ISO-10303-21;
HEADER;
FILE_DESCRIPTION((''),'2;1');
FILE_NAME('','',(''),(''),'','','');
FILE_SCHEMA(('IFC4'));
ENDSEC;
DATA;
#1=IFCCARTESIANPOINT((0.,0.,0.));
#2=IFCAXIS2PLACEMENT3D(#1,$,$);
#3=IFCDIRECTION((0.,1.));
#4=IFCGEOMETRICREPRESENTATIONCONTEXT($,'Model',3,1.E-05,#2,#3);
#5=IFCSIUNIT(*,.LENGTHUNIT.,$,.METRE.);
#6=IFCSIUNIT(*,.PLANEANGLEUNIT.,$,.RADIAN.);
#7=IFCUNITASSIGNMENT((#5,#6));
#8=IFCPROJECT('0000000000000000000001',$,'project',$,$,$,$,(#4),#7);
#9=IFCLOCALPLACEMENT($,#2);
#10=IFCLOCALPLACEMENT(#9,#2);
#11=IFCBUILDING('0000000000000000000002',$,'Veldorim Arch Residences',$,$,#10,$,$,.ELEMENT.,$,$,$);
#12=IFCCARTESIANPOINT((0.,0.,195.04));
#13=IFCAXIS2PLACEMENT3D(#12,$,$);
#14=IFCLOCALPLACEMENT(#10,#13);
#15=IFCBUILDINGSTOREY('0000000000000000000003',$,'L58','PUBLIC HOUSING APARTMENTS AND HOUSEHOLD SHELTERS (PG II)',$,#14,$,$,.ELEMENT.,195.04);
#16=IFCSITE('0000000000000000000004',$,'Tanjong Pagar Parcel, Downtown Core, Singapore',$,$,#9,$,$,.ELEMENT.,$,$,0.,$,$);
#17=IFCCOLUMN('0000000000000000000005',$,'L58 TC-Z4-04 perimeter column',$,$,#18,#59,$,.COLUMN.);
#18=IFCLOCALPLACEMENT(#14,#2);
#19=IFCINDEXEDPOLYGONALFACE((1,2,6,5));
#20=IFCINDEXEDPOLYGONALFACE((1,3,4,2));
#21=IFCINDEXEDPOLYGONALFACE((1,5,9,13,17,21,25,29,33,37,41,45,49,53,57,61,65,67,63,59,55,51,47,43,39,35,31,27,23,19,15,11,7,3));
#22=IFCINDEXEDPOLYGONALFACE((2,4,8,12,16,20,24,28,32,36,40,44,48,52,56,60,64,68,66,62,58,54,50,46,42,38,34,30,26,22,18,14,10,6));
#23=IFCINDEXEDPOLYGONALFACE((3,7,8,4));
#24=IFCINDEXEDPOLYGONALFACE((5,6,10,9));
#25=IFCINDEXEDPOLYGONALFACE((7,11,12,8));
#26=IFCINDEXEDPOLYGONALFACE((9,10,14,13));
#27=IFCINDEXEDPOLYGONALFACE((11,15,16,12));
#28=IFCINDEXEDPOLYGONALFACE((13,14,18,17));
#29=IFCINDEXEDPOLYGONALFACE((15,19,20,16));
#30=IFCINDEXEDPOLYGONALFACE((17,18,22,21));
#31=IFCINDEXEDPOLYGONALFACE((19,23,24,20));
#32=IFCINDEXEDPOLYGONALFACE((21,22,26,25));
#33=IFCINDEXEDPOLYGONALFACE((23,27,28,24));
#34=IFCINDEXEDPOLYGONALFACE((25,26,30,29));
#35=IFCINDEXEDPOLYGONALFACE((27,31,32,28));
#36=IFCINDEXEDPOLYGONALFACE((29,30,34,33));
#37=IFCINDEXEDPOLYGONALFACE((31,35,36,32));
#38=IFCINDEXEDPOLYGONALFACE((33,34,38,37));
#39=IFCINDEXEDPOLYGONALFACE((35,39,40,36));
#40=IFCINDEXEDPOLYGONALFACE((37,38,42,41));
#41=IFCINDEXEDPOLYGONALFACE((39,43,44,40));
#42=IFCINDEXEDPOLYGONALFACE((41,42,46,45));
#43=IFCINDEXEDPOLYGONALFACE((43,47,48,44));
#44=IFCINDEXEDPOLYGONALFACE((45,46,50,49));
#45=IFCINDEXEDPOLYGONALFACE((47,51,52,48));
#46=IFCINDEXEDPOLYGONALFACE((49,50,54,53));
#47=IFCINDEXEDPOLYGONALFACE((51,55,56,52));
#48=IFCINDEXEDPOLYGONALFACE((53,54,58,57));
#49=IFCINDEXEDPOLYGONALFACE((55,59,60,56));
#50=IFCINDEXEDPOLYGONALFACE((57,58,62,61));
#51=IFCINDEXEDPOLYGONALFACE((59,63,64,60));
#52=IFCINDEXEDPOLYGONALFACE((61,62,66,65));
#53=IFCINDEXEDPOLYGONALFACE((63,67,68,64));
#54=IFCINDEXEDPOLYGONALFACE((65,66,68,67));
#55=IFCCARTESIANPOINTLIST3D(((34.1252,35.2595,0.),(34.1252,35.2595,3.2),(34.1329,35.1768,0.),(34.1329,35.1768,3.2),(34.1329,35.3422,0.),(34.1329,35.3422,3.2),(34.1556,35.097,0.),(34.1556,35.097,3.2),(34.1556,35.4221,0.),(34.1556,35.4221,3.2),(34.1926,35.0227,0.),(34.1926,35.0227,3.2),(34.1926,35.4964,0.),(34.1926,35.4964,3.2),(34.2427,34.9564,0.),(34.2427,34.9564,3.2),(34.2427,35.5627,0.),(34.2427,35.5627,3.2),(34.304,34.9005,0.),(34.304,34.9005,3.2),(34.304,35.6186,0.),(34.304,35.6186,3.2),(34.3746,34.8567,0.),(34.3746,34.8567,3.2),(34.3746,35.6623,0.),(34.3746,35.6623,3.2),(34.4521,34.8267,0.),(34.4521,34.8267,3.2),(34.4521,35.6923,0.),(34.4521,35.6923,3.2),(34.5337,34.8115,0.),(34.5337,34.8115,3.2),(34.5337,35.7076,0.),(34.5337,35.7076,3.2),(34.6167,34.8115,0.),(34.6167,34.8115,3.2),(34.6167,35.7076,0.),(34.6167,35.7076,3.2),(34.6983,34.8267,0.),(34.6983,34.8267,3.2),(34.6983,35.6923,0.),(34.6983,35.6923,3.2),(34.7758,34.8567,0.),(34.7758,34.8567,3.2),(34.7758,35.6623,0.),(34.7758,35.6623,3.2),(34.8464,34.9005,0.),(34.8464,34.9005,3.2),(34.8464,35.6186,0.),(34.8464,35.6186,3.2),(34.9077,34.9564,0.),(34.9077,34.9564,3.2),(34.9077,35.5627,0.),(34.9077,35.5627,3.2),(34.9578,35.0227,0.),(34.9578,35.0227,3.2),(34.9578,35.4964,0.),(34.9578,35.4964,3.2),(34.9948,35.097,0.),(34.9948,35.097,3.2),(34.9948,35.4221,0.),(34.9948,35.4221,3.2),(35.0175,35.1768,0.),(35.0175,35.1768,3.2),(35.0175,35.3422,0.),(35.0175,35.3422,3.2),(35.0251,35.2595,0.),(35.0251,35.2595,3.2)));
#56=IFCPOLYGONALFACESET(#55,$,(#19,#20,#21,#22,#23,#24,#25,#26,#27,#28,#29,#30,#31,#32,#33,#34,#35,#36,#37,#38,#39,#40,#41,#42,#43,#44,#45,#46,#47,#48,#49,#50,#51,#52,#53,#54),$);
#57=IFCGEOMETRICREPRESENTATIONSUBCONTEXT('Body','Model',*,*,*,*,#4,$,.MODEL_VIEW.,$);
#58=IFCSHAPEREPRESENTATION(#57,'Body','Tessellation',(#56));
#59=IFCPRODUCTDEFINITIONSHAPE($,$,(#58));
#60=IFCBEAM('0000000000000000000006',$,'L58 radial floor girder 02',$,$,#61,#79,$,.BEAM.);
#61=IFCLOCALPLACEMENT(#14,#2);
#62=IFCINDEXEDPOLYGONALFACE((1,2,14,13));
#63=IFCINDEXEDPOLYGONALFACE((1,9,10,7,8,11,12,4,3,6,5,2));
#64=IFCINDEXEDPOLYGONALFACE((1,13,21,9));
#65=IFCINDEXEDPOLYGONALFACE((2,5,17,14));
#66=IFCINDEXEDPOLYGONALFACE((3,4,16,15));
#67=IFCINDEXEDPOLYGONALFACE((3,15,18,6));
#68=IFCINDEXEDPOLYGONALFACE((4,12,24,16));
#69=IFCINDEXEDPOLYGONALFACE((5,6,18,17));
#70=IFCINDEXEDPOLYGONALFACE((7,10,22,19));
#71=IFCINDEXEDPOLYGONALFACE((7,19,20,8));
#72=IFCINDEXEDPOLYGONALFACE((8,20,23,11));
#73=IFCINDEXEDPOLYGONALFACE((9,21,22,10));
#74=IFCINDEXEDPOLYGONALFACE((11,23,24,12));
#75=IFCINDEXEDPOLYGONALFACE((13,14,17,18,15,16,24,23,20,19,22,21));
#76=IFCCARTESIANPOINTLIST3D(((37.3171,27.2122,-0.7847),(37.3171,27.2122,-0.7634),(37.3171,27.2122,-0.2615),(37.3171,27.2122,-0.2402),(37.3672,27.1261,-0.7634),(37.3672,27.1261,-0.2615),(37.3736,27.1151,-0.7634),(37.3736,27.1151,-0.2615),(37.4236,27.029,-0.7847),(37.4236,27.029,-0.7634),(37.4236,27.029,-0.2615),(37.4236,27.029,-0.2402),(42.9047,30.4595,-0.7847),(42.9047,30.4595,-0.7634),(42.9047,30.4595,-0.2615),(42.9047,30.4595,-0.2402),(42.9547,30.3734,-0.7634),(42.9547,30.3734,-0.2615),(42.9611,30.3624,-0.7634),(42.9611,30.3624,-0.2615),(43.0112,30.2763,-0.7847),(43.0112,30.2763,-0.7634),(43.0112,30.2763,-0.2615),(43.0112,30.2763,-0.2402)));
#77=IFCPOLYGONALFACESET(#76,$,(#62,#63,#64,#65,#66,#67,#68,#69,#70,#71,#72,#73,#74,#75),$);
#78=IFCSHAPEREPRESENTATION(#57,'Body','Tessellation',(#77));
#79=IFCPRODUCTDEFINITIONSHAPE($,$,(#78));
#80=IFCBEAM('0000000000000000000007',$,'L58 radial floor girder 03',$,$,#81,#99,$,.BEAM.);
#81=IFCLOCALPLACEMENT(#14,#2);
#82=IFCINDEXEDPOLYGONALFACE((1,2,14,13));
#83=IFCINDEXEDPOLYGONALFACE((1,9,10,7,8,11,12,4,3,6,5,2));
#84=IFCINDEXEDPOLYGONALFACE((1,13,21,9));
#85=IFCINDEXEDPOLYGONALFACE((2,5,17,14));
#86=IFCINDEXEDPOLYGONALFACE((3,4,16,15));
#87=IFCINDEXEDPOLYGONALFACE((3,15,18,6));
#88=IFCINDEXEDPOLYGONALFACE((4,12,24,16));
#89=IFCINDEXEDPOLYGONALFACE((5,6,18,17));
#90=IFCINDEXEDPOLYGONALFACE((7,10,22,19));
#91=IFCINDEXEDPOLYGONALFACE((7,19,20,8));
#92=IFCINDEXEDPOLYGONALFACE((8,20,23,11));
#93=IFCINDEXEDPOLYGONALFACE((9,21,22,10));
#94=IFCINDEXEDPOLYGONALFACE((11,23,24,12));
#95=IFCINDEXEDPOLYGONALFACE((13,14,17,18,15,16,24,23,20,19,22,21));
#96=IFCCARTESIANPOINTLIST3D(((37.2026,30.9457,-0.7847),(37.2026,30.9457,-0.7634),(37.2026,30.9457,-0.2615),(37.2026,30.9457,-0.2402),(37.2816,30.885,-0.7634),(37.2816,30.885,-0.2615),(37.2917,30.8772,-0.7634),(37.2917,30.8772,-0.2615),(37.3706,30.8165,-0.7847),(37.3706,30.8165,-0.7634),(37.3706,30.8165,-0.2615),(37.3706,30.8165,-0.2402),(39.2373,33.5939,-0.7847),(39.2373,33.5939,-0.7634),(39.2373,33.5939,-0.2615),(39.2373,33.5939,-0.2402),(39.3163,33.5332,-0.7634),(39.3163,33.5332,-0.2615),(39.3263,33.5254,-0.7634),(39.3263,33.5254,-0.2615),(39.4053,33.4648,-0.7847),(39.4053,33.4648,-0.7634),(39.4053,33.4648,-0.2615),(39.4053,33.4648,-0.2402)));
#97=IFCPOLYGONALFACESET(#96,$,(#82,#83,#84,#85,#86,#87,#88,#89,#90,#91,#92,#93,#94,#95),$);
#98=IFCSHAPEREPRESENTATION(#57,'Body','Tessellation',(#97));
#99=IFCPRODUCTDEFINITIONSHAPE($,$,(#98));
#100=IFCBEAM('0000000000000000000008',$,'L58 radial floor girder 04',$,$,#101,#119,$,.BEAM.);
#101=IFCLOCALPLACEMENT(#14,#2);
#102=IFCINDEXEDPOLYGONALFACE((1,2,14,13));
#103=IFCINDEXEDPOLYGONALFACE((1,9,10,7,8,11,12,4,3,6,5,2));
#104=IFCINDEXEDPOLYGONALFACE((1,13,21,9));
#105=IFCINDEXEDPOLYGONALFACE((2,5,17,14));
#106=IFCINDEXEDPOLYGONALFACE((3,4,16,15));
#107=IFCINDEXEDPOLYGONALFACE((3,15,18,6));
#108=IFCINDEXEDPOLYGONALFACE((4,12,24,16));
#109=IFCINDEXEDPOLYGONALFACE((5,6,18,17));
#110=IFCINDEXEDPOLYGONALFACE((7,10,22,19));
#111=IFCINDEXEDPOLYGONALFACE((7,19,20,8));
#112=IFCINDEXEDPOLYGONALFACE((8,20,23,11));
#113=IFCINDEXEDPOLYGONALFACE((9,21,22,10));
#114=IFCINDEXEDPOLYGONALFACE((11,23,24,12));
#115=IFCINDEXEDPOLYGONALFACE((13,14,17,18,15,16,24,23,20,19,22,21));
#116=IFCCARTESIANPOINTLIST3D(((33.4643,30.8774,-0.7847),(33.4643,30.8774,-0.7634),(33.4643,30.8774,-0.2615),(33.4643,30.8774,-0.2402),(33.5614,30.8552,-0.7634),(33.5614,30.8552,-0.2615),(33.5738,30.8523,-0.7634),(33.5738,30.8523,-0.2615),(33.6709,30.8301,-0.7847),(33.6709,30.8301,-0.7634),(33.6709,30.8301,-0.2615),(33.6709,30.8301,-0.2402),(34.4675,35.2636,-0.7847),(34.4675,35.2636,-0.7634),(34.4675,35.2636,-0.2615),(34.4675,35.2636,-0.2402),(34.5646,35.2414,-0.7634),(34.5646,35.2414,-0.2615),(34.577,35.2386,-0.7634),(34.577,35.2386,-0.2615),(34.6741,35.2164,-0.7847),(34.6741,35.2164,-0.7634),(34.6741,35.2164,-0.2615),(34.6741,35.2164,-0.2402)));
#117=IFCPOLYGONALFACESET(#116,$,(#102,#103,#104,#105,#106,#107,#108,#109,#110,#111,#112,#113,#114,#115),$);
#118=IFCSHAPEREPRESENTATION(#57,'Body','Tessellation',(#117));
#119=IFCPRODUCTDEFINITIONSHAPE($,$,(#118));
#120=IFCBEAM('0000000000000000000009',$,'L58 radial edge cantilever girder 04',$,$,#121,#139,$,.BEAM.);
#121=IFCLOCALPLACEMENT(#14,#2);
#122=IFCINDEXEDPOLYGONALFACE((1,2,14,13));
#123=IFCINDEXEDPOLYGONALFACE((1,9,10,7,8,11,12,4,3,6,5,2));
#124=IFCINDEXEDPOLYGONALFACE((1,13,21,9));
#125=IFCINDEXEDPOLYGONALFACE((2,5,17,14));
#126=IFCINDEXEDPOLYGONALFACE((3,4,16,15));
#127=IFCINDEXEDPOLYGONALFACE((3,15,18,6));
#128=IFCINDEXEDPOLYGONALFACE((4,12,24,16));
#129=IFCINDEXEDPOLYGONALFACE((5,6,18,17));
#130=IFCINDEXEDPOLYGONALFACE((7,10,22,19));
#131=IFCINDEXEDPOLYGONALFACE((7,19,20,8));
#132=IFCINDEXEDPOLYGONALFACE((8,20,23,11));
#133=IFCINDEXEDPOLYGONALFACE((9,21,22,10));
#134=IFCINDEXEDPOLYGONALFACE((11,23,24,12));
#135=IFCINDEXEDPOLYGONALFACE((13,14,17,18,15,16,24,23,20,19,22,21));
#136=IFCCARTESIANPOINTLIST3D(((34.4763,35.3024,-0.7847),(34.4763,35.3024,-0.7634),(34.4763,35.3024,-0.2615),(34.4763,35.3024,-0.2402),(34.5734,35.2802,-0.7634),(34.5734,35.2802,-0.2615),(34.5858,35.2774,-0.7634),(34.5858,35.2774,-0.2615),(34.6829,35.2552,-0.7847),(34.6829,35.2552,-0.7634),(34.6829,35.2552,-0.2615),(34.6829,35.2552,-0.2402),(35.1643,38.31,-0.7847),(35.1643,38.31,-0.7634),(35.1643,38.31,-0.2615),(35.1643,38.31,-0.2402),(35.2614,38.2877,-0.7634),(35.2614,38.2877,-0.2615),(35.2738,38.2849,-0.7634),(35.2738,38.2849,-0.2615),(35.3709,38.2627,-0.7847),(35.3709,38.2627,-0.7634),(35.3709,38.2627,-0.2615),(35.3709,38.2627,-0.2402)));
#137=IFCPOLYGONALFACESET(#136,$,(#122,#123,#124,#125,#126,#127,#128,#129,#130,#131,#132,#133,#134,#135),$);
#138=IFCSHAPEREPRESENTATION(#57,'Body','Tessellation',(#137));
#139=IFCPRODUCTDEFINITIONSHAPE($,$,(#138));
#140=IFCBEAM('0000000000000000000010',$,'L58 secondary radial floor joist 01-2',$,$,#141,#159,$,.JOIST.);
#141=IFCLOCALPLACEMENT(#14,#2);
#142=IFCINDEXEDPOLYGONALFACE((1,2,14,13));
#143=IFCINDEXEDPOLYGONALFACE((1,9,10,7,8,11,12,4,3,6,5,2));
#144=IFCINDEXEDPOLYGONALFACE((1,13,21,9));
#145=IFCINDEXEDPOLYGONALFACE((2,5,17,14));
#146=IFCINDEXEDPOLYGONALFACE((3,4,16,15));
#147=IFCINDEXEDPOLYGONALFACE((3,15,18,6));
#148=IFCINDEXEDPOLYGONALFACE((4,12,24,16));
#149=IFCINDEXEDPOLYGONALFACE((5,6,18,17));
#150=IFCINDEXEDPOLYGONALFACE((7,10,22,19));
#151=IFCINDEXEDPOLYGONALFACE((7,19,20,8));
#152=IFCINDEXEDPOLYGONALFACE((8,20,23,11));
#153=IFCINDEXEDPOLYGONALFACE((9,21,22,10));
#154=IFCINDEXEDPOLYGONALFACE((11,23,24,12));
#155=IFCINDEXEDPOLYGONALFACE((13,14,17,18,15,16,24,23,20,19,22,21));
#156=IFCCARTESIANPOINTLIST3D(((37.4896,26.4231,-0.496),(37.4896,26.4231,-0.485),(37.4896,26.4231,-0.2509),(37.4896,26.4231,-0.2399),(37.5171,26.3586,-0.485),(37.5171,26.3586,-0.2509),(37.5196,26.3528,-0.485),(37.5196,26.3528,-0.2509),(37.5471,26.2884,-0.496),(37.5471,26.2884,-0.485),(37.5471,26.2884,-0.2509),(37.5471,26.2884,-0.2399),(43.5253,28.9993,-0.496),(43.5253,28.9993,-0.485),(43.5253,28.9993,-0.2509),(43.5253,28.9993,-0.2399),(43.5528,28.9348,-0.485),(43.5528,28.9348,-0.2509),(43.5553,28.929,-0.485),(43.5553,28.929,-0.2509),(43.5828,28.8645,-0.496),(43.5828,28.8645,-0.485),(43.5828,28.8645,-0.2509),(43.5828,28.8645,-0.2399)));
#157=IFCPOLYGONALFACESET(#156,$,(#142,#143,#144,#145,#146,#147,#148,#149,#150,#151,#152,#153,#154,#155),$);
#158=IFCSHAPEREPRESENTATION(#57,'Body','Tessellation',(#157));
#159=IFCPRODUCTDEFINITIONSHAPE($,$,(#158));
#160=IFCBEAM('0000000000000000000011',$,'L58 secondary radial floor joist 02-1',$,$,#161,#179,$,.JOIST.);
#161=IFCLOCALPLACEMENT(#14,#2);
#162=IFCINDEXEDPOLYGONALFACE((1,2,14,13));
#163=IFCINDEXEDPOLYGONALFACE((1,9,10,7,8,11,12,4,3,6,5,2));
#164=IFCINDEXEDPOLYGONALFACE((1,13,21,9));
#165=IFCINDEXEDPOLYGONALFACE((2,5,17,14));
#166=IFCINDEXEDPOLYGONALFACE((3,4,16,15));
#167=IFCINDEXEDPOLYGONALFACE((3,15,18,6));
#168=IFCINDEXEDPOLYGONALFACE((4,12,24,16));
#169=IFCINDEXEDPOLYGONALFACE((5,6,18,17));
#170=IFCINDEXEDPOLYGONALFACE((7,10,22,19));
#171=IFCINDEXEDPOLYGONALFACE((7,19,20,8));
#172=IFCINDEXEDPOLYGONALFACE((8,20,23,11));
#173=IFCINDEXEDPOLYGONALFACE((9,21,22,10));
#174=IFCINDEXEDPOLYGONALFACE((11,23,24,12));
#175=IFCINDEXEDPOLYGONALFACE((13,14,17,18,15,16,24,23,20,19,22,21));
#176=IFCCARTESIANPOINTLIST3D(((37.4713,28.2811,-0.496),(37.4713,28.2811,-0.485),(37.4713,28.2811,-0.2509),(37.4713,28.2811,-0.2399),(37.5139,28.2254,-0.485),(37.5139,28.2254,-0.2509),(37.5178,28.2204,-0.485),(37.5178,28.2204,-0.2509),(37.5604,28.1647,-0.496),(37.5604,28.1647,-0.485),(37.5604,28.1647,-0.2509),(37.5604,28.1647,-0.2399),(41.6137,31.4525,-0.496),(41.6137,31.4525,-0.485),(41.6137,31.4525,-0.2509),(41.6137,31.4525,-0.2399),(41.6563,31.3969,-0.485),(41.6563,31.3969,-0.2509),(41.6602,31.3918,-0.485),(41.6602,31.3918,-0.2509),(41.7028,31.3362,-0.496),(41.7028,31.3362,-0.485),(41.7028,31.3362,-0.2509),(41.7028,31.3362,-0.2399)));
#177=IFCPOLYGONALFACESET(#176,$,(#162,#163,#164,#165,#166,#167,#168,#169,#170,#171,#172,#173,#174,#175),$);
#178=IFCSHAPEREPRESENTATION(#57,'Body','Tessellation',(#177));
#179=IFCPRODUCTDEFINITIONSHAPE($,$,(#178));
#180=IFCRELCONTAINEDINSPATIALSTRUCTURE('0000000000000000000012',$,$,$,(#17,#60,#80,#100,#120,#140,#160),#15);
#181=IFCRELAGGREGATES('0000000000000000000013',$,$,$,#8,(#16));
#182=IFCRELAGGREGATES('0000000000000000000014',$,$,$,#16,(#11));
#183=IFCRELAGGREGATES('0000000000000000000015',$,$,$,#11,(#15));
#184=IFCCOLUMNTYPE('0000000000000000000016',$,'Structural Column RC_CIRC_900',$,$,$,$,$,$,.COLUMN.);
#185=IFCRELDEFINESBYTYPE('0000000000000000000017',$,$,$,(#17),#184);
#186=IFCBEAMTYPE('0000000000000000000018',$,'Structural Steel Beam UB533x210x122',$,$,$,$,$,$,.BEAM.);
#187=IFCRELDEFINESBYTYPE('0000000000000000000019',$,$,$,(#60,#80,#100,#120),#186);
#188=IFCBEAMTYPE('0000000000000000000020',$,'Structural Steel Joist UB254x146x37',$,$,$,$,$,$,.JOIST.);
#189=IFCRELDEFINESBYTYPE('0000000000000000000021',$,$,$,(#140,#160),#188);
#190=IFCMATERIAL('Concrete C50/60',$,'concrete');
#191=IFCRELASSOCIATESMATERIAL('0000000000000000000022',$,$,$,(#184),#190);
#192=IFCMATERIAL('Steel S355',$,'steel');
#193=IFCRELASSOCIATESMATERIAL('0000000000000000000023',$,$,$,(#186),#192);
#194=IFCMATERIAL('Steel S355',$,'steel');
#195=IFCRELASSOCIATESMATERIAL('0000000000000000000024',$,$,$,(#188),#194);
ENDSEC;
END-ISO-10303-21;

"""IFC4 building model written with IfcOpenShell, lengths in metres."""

from ifc_helpers import new_model, si_unit, direction, frame, origin, origin_2d, place, context, subcontext, project, spatial, circle, i_section, extrude, material, material_profile, profile_set, type_object, element, save


model = new_model("IFC4")

# Units and contexts
model_context = context("Model", 3, precision=1e-05, world=origin(), true_north=direction((0.0, 1.0)))
body_context = subcontext(model_context, "Body", "Model", "MODEL_VIEW")
ifc_project = project(units=[si_unit("LENGTHUNIT", "METRE"), si_unit("PLANEANGLEUNIT", "RADIAN")], contexts=[model_context])

# Site, building, storey
site_placement = place(None, origin())
site = spatial("IfcSite", under=ifc_project, at=site_placement, Name="Tanjong Pagar Parcel, Downtown Core, Singapore", CompositionType="ELEMENT", RefElevation=0.0)
building_placement = place(site_placement, origin())
building = spatial("IfcBuilding", under=site, at=building_placement, Name="Veldorim Arch Residences", CompositionType="ELEMENT")
storey_placement = place(building_placement, frame((0.0, 0.0, 195.04)))
storey = spatial("IfcBuildingStorey", under=building, at=storey_placement, Name="L58", Description="PUBLIC HOUSING APARTMENTS AND HOUSEHOLD SHELTERS (PG II)", CompositionType="ELEMENT", Elevation=195.04)

# Column
ifc_material_1 = material(Name="Concrete C50/60", Category="concrete")
ifc_material_profile_1 = material_profile(ifc_material_1, circle(Radius=0.45, at=origin_2d()), Name="RC_CIRC_900")
ifc_profile_set_1 = profile_set([ifc_material_profile_1], Name="Concrete C50/60")
column_type = type_object("IfcColumnType", Name="Structural Column RC_CIRC_900", PredefinedType="COLUMN", material=ifc_profile_set_1)
column_placement = place(storey_placement, frame((34.5752, 35.2595, 0.0), z_axis=(0.0, 0.0, 1.0), x_axis=(1.0, 0.0, 0.0)))
element("IfcColumn", 1, at=column_placement, inside=storey, type_object=column_type, Name="L58 TC-Z4-04 perimeter column", PredefinedType="COLUMN", context=body_context, shape_type="SweptSolid", body=[
    extrude(circle(Radius=0.45, at=origin_2d()), origin(), (0.0, 0.0, 1.0), 3.2),
])

# Beams
ifc_material_2 = material(Name="Steel S355", Category="steel")
ifc_material_profile_2 = material_profile(ifc_material_2, i_section(OverallWidth=0.2119, OverallDepth=0.5444, WebThickness=0.0127, FlangeThickness=0.0212, at=origin_2d()), Name="UB533x210x122")
ifc_profile_set_2 = profile_set([ifc_material_profile_2], Name="Steel S355")
beam_type_1 = type_object("IfcBeamType", Name="Structural Steel Beam UB533x210x122", PredefinedType="BEAM", material=ifc_profile_set_2)
beam_1_placement = place(storey_placement, frame((37.3704, 27.1206, -0.5125), z_axis=(0.864596, 0.502468, 0.0), x_axis=(-0.502468, 0.864596, 0.0)))
element("IfcBeam", 2, at=beam_1_placement, inside=storey, type_object=beam_type_1, Name="L58 radial floor girder 02", PredefinedType="BEAM", context=body_context, shape_type="SweptSolid", body=[
    extrude(i_section(OverallWidth=0.2119, OverallDepth=0.5444, WebThickness=0.0127, FlangeThickness=0.0212, at=origin_2d()), origin(), (0.0, 0.0, 1.0), 6.4626),
])
beam_2_placement = place(storey_placement, frame((37.2866, 30.8811, -0.5125), z_axis=(0.609258, 0.792972, 0.0), x_axis=(-0.792972, 0.609258, 0.0)))
element("IfcBeam", 3, at=beam_2_placement, inside=storey, type_object=beam_type_1, Name="L58 radial floor girder 03", PredefinedType="BEAM", context=body_context, shape_type="SweptSolid", body=[
    extrude(i_section(OverallWidth=0.2119, OverallDepth=0.5444, WebThickness=0.0127, FlangeThickness=0.0212, at=origin_2d()), origin(), (0.0, 0.0, 1.0), 3.3396),
])
beam_3_placement = place(storey_placement, frame((33.5676, 30.8538, -0.5125), z_axis=(0.222953, 0.974829, 0.0), x_axis=(-0.974829, 0.222953, 0.0)))
element("IfcBeam", 4, at=beam_3_placement, inside=storey, type_object=beam_type_1, Name="L58 radial floor girder 04", PredefinedType="BEAM", context=body_context, shape_type="SweptSolid", body=[
    extrude(i_section(OverallWidth=0.2119, OverallDepth=0.5444, WebThickness=0.0127, FlangeThickness=0.0212, at=origin_2d()), origin(), (0.0, 0.0, 1.0), 4.4995),
])
beam_4_placement = place(storey_placement, frame((34.5796, 35.2788, -0.5125), z_axis=(0.222992, 0.97482, 0.0), x_axis=(-0.97482, 0.222992, 0.0)))
element("IfcBeam", 5, at=beam_4_placement, inside=storey, type_object=beam_type_1, Name="L58 radial edge cantilever girder 04", PredefinedType="BEAM", context=body_context, shape_type="SweptSolid", body=[
    extrude(i_section(OverallWidth=0.2119, OverallDepth=0.5444, WebThickness=0.0127, FlangeThickness=0.0212, at=origin_2d()), origin(), (0.0, 0.0, 1.0), 3.0852),
])
ifc_material_3 = material(Name="Steel S355", Category="steel")
ifc_material_profile_3 = material_profile(ifc_material_3, i_section(OverallWidth=0.1465, OverallDepth=0.2561, WebThickness=0.0063, FlangeThickness=0.011, at=origin_2d()), Name="UB254x146x37")
ifc_profile_set_3 = profile_set([ifc_material_profile_3], Name="Steel S355")
beam_type_2 = type_object("IfcBeamType", Name="Structural Steel Joist UB254x146x37", PredefinedType="JOIST", material=ifc_profile_set_3)
beam_5_placement = place(storey_placement, frame((37.5183, 26.3557, -0.3679), z_axis=(0.919725, 0.392563, 0.0), x_axis=(-0.392563, 0.919725, 0.0)))
element("IfcBeam", 6, at=beam_5_placement, inside=storey, type_object=beam_type_2, Name="L58 secondary radial floor joist 01-2", PredefinedType="JOIST", context=body_context, shape_type="SweptSolid", body=[
    extrude(i_section(OverallWidth=0.1465, OverallDepth=0.2561, WebThickness=0.0063, FlangeThickness=0.011, at=origin_2d()), origin(), (0.0, 0.0, 1.0), 6.5625),
])
beam_6_placement = place(storey_placement, frame((37.5159, 28.2229, -0.3679), z_axis=(0.794014, 0.6079, 0.0), x_axis=(-0.6079, 0.794014, 0.0)))
element("IfcBeam", 7, at=beam_6_placement, inside=storey, type_object=beam_type_2, Name="L58 secondary radial floor joist 02-1", PredefinedType="JOIST", context=body_context, shape_type="SweptSolid", body=[
    extrude(i_section(OverallWidth=0.1465, OverallDepth=0.2561, WebThickness=0.0063, FlangeThickness=0.011, at=origin_2d()), origin(), (0.0, 0.0, 1.0), 5.217),
])

save(model, "model.ifc")
